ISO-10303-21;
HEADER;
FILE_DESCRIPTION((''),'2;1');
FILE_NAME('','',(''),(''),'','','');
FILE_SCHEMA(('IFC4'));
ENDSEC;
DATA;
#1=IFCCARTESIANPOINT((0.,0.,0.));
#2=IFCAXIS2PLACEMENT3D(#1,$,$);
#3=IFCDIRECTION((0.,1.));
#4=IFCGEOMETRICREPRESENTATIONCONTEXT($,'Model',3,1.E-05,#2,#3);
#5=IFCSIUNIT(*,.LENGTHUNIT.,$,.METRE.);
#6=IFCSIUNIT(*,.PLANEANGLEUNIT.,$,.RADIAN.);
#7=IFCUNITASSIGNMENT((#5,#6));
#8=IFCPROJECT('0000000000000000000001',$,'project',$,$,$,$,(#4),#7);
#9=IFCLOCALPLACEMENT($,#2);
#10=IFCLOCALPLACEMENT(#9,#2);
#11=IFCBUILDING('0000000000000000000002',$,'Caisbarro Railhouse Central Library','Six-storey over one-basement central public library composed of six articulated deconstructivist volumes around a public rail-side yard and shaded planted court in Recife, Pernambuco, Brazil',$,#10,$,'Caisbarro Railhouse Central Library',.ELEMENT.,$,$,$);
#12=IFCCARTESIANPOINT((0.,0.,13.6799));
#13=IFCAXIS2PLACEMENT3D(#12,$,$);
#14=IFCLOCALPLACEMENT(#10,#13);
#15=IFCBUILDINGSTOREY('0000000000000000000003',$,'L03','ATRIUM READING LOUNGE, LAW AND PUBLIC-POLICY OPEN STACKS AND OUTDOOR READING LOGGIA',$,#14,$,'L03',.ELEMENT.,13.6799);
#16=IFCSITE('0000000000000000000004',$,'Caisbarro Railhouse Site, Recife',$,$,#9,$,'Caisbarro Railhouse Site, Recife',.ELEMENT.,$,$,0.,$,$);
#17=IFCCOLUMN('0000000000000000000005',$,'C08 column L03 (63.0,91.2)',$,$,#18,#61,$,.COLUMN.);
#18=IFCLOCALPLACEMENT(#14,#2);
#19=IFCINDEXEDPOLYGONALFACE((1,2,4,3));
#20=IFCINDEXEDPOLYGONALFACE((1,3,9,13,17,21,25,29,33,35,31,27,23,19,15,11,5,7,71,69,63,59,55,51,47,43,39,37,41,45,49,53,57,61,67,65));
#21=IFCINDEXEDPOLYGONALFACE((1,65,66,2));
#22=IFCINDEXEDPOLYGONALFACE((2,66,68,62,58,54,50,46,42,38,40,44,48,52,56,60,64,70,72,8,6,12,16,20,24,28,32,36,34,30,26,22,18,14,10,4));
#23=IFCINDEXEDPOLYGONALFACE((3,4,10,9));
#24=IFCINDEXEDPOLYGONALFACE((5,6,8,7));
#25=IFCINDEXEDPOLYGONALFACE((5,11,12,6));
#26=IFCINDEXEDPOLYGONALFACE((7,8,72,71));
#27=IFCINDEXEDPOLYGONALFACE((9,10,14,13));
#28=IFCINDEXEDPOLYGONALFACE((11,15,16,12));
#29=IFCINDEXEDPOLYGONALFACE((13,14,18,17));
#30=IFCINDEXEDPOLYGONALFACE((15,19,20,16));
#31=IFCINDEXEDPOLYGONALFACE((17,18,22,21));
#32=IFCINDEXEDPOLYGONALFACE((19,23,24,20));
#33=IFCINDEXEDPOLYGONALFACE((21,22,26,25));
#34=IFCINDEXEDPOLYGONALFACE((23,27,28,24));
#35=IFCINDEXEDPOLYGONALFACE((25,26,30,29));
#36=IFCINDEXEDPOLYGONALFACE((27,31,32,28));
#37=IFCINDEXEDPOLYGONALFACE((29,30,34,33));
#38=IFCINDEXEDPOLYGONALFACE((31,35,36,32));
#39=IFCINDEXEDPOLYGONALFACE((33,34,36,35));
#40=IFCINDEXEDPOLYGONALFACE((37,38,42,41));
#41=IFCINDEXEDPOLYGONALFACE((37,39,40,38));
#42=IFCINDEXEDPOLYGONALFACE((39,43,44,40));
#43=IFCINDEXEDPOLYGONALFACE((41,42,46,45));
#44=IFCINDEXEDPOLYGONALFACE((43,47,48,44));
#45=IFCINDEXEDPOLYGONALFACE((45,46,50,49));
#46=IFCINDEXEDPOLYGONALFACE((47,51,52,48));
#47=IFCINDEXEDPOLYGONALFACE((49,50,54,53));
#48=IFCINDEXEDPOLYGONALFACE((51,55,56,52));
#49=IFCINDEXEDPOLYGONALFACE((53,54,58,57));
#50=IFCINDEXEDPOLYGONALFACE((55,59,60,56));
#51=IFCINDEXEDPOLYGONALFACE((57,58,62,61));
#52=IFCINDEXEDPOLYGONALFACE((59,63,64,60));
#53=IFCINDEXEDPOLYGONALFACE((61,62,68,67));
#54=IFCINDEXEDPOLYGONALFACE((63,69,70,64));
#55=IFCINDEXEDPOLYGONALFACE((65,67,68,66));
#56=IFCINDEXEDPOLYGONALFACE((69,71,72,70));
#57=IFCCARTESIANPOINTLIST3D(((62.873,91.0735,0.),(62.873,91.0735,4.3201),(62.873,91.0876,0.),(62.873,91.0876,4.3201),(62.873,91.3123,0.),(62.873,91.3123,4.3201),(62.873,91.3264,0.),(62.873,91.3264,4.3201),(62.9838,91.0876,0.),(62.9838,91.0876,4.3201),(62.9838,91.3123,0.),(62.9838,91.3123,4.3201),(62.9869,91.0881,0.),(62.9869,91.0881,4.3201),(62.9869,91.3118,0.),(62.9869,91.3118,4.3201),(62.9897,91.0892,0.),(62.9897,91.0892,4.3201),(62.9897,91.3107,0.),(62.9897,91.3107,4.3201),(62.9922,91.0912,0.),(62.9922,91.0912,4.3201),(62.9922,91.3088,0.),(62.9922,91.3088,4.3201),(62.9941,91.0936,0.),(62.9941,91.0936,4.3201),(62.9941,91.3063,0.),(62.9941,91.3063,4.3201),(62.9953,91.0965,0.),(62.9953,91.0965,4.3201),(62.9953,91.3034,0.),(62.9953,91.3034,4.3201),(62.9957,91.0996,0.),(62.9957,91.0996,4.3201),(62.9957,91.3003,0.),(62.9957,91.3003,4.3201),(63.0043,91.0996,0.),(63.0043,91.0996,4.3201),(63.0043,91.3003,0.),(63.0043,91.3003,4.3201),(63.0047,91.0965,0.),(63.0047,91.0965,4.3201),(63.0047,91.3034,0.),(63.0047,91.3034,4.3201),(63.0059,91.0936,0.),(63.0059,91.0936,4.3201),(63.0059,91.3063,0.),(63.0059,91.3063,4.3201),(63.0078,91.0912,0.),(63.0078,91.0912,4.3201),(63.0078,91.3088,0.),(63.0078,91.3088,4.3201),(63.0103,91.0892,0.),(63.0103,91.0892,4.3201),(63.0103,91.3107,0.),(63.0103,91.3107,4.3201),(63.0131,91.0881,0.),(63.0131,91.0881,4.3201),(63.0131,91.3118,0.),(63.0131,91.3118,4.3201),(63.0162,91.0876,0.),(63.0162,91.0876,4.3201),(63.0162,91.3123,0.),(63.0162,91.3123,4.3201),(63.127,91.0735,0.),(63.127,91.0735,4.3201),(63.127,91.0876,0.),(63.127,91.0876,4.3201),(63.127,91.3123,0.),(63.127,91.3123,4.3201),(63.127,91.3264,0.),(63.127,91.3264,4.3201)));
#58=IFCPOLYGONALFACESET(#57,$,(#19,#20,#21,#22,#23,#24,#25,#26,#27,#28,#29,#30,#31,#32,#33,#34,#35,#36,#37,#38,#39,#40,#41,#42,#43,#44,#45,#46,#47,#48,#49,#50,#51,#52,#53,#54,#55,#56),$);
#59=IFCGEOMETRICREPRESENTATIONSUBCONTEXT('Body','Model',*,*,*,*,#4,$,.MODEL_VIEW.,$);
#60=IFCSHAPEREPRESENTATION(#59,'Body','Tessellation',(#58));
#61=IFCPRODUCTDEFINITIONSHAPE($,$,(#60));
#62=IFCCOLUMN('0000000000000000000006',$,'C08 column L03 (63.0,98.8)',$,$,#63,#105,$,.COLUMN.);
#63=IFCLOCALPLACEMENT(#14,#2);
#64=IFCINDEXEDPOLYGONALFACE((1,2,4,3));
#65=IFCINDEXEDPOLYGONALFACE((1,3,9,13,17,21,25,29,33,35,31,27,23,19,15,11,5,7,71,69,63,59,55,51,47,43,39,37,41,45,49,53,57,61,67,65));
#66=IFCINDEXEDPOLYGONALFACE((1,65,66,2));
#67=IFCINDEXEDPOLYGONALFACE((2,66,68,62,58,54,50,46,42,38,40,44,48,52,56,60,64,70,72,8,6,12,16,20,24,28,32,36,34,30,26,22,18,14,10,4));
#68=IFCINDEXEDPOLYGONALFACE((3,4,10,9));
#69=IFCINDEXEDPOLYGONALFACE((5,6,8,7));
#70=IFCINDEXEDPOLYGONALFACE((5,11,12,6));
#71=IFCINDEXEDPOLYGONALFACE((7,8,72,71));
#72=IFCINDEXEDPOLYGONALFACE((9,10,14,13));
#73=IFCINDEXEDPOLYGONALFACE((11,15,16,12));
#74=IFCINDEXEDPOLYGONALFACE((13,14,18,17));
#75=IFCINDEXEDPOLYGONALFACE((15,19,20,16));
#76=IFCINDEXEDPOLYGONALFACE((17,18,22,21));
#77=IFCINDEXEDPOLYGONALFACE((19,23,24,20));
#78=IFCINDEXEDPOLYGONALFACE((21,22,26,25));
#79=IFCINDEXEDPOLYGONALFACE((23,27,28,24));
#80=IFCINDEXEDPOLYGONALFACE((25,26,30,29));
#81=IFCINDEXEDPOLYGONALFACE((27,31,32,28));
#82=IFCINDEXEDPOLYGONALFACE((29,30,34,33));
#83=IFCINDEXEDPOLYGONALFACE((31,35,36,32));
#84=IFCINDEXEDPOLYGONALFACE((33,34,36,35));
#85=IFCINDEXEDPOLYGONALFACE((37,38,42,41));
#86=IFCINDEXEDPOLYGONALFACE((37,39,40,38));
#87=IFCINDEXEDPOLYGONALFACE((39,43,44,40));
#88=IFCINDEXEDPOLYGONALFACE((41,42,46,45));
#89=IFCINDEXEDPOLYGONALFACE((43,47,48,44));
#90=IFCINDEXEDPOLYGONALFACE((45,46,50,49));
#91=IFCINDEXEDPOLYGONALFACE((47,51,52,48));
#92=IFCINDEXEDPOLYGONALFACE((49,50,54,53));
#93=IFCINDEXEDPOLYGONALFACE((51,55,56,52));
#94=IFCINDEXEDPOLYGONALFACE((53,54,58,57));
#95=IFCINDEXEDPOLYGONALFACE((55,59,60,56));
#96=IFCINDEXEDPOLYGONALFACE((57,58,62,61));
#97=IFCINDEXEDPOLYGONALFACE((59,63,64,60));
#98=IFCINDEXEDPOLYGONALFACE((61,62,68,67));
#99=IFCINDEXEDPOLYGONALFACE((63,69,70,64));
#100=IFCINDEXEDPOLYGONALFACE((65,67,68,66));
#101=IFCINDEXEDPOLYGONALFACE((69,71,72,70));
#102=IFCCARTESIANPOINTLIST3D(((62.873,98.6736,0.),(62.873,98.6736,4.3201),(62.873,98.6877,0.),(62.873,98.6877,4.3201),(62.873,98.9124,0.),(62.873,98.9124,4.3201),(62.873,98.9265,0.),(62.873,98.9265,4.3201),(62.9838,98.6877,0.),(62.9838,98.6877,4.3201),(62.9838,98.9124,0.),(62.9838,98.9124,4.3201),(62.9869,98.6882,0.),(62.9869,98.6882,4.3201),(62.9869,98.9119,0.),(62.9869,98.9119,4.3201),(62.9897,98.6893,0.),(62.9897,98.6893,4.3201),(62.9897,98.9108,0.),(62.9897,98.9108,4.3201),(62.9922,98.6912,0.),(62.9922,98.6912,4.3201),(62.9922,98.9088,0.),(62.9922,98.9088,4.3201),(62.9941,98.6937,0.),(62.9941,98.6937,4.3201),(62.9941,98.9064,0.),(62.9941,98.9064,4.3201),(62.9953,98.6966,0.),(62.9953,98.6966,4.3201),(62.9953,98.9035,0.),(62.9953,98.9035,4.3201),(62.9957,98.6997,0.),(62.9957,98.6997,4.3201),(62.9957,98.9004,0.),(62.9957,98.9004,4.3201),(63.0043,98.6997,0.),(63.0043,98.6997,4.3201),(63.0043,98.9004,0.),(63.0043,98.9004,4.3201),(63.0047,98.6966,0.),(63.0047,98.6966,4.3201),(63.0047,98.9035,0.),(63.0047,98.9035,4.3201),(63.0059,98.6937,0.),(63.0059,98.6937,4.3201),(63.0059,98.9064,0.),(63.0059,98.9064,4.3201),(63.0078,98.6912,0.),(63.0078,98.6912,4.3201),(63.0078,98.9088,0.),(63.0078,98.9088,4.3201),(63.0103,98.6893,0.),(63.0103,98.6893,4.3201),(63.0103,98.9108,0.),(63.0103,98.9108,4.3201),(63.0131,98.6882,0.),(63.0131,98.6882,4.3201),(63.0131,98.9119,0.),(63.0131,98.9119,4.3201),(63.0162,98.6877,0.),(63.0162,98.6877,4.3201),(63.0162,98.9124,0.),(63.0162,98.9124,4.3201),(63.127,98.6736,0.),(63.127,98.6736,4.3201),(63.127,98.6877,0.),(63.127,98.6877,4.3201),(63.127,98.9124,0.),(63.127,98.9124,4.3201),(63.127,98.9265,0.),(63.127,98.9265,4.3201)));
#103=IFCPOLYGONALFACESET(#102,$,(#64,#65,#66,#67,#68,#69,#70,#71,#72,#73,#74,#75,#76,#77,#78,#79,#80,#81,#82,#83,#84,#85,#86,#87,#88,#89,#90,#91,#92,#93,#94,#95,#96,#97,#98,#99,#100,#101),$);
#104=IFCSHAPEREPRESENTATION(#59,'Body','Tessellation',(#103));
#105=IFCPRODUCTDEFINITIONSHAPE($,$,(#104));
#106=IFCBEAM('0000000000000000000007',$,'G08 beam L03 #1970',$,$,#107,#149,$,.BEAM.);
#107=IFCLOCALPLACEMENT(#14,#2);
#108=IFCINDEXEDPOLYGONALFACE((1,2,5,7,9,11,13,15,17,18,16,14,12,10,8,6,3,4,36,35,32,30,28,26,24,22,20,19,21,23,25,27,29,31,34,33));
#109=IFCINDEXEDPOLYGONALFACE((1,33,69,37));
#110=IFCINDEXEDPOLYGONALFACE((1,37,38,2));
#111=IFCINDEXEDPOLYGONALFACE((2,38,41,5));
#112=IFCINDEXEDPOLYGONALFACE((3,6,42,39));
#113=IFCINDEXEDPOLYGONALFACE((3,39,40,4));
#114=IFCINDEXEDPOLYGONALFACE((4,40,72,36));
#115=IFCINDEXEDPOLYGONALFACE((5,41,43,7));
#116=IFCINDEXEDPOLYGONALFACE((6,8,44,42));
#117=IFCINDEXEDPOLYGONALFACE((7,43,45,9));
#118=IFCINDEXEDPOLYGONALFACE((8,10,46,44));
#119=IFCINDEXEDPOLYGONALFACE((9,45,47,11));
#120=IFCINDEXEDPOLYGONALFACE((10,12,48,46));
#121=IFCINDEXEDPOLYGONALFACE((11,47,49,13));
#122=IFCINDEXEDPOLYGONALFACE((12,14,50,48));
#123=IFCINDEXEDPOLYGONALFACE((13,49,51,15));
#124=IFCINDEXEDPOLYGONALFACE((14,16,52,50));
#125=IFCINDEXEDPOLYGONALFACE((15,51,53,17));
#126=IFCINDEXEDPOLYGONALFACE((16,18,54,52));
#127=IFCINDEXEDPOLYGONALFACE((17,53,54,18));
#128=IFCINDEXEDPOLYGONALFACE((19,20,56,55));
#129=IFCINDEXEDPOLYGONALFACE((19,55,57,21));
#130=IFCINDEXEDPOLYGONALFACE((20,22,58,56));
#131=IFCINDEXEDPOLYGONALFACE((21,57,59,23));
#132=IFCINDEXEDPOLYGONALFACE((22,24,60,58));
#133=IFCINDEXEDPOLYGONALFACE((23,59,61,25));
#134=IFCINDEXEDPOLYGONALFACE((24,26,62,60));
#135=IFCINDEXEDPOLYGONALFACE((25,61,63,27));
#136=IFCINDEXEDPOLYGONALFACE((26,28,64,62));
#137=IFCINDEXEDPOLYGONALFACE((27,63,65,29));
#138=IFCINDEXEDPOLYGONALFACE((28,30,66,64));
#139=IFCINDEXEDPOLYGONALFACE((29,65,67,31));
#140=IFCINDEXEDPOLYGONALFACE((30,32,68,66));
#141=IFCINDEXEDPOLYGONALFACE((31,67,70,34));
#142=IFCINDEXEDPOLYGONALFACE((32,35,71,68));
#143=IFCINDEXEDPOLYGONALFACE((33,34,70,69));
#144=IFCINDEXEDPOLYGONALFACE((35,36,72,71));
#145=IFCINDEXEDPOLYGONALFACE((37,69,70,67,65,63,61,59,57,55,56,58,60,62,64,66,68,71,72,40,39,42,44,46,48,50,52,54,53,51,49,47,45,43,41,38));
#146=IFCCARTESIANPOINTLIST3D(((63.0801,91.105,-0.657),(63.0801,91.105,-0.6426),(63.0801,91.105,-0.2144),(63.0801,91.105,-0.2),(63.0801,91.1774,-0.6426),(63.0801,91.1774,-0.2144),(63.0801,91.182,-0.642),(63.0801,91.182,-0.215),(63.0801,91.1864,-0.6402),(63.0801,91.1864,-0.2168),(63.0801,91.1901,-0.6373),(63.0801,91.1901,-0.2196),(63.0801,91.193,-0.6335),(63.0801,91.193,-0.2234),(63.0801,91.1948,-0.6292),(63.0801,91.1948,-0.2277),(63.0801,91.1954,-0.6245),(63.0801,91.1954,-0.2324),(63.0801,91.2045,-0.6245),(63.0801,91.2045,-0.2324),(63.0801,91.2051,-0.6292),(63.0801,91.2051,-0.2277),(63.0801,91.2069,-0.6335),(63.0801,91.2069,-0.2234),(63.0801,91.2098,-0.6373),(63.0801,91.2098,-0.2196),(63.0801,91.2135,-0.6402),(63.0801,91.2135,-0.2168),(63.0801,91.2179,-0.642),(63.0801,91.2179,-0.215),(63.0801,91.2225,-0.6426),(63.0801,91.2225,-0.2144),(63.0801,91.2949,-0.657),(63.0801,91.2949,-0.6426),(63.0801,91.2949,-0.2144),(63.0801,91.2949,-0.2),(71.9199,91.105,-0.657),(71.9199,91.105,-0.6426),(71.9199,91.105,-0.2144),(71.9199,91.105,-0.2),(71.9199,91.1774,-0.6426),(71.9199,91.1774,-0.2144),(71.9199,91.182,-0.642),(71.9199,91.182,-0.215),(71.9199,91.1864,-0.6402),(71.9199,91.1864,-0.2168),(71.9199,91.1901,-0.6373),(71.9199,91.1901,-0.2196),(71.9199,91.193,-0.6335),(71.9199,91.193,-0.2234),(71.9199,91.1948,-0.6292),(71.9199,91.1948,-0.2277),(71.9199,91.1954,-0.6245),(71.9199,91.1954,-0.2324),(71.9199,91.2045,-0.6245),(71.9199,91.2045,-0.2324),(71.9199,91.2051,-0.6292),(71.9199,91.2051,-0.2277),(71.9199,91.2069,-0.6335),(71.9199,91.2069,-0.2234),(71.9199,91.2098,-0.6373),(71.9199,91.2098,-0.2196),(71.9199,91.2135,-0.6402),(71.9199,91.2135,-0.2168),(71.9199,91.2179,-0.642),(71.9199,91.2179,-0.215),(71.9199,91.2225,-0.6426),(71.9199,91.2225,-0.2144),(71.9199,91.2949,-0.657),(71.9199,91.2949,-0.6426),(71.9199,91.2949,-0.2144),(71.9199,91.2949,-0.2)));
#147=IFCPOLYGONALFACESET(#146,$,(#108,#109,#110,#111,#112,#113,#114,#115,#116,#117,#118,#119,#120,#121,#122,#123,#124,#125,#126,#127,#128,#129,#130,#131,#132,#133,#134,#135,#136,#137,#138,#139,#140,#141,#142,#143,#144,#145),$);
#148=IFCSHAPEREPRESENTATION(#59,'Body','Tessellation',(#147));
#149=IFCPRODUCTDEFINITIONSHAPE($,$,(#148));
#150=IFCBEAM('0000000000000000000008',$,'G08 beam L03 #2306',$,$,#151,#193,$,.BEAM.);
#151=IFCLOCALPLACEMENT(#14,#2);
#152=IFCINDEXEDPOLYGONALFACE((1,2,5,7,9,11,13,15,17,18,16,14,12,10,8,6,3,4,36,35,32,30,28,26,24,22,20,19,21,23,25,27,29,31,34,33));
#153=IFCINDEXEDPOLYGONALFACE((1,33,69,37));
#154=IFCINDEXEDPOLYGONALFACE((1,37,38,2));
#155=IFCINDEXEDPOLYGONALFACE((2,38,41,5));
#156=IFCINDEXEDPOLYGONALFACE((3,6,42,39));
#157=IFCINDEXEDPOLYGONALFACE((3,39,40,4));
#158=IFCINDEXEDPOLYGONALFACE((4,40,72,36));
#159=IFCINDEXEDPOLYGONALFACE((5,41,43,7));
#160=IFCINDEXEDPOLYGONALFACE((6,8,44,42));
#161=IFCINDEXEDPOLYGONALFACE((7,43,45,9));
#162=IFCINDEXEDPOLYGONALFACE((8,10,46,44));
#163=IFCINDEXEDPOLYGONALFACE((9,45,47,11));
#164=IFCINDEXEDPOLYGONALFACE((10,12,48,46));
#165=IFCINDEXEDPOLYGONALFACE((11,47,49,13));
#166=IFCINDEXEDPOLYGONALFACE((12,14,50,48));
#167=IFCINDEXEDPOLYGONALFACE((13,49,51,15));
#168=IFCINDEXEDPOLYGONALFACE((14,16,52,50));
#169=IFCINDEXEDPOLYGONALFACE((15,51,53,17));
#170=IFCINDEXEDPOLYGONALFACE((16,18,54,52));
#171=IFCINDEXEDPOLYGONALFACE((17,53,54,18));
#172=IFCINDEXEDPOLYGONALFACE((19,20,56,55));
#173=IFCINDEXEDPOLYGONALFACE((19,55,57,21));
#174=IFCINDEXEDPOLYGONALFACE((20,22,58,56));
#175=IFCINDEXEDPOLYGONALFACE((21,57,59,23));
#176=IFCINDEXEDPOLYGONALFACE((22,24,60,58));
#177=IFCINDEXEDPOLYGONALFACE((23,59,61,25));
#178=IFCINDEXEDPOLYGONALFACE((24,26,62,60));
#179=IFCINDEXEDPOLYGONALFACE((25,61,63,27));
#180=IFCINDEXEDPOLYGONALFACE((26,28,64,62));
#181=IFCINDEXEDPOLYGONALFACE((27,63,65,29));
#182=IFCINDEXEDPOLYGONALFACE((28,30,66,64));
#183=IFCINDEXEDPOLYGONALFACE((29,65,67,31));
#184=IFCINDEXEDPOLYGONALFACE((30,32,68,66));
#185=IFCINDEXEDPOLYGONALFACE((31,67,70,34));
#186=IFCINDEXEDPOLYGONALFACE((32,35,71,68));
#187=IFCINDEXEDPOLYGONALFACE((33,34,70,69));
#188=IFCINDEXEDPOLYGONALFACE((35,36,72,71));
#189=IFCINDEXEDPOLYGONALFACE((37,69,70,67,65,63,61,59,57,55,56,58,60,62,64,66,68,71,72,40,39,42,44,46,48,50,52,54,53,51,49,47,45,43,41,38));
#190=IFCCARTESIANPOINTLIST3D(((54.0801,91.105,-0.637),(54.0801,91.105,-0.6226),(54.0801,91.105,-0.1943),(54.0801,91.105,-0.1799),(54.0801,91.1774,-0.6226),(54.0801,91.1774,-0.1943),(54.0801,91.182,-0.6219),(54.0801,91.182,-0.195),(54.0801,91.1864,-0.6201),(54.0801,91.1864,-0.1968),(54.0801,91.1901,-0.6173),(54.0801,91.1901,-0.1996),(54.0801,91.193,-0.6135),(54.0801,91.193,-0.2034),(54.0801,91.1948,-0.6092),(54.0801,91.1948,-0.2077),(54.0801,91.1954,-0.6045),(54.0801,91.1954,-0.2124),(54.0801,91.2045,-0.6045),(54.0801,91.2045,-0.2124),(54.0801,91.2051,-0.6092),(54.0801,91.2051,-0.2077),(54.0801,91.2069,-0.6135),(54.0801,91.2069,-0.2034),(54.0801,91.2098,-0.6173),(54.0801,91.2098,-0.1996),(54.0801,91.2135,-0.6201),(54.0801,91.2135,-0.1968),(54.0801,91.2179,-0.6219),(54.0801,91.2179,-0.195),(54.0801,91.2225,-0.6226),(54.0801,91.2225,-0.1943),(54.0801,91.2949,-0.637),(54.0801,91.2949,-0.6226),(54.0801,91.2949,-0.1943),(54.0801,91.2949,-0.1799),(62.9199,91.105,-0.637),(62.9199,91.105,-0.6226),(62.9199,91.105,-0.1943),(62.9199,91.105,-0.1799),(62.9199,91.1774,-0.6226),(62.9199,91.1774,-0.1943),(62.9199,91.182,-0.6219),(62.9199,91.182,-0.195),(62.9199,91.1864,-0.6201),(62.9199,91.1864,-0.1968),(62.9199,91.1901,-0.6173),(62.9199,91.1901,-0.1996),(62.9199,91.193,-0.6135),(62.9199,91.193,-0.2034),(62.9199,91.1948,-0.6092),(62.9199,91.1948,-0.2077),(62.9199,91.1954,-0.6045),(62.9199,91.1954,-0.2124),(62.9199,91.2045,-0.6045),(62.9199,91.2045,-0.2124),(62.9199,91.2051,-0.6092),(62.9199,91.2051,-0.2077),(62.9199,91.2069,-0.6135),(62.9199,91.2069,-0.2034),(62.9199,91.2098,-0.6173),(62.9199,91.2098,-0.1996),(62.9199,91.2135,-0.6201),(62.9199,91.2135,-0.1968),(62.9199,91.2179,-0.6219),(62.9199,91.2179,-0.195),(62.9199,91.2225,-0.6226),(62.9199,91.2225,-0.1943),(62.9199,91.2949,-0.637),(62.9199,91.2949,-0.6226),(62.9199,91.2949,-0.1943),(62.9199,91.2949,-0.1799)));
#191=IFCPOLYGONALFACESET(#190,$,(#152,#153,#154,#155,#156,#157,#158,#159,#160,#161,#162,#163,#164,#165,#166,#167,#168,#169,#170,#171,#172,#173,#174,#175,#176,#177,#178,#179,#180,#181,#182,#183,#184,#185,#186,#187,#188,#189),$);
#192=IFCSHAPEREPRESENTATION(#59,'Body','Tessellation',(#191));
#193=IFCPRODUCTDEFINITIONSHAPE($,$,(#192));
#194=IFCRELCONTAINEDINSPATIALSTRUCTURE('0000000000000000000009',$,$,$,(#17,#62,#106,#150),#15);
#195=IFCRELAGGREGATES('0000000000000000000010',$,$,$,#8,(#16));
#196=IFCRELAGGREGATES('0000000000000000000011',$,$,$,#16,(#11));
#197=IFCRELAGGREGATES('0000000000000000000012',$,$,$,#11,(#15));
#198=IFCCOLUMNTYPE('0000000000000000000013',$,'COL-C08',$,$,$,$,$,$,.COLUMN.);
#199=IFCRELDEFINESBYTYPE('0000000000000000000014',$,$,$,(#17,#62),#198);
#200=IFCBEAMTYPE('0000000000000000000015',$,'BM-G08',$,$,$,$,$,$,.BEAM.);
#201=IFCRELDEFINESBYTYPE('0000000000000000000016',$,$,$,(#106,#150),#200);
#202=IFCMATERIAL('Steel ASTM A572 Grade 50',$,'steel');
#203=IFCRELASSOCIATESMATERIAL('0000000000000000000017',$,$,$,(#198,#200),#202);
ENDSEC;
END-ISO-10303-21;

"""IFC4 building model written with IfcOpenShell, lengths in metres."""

from ifc_helpers import new_model, si_unit, direction, frame, origin, origin_2d, place, context, subcontext, project, spatial, i_section, extrude, material, material_profile, profile_set, type_object, element, save


model = new_model("IFC4")

# Units and contexts
model_context = context("Model", 3, precision=1e-05, world=origin(), true_north=direction((0.0, 1.0)))
body_context = subcontext(model_context, "Body", "Model", "MODEL_VIEW")
ifc_project = project(units=[si_unit("LENGTHUNIT", "METRE"), si_unit("PLANEANGLEUNIT", "RADIAN")], contexts=[model_context])

# Site, building, storey
site_placement = place(None, origin())
site = spatial("IfcSite", under=ifc_project, at=site_placement, Name="Caisbarro Railhouse Site, Recife", LongName="Caisbarro Railhouse Site, Recife", CompositionType="ELEMENT", RefElevation=0.0)
building_placement = place(site_placement, origin())
building = spatial("IfcBuilding", under=site, at=building_placement, Name="Caisbarro Railhouse Central Library", Description="Six-storey over one-basement central public library composed of six articulated deconstructivist volumes around a public rail-side yard and shaded planted court in Recife, Pernambuco, Brazil", LongName="Caisbarro Railhouse Central Library", CompositionType="ELEMENT")
storey_placement = place(building_placement, frame((0.0, 0.0, 13.6799)))
storey = spatial("IfcBuildingStorey", under=building, at=storey_placement, Name="L03", Description="ATRIUM READING LOUNGE, LAW AND PUBLIC-POLICY OPEN STACKS AND OUTDOOR READING LOGGIA", LongName="L03", CompositionType="ELEMENT", Elevation=13.6799)

# Columns
ifc_material_1 = material(Name="Steel ASTM A572 Grade 50", Category="steel")
ifc_material_profile_1 = material_profile(ifc_material_1, i_section(OverallWidth=0.2539, OverallDepth=0.2529, WebThickness=0.0085, FlangeThickness=0.0142, FilletRadius=0.012, at=origin_2d()), Name="W250X73.0")
ifc_profile_set_1 = profile_set([ifc_material_profile_1], Name="Steel ASTM A572 Grade 50")
column_type = type_object("IfcColumnType", Name="COL-C08", PredefinedType="COLUMN", material=ifc_profile_set_1)
for number, where, z_axis, x_axis, name in (
    (1, (63.0, 91.2, 0.0), (0.0, 0.0, 1.0), (1.0, 0.0, 0.0), "C08 column L03 (63.0,91.2)"),
    (2, (63.0, 98.8, 0.0), (0.0, 0.0, 1.0), (1.0, 0.0, 0.0), "C08 column L03 (63.0,98.8)"),
):
    element("IfcColumn", number, at=place(storey_placement, frame(where, z_axis=z_axis, x_axis=x_axis)), inside=storey, type_object=column_type, Name=name, PredefinedType="COLUMN", context=body_context, shape_type="SweptSolid", body=[
        extrude(i_section(OverallWidth=0.2539, OverallDepth=0.2529, WebThickness=0.0085, FlangeThickness=0.0142, FilletRadius=0.012, at=origin_2d()), origin(), (0.0, 0.0, 1.0), 4.3201),
    ])

# Beams
ifc_material_profile_2 = material_profile(ifc_material_1, i_section(OverallWidth=0.1899, OverallDepth=0.457, WebThickness=0.009, FlangeThickness=0.0144, FilletRadius=0.0181, at=origin_2d()), Name="W460X74.0")
ifc_profile_set_2 = profile_set([ifc_material_profile_2], Name="Steel ASTM A572 Grade 50")
beam_type_1 = type_object("IfcBeamType", Name="BM-G08", PredefinedType="BEAM", material=ifc_profile_set_2)
for number, where, z_axis, x_axis, name in (
    (3, (63.0801, 91.2, -0.4285), (1.0, 0.0, 0.0), (0.0, 1.0, 0.0), "G08 beam L03 #1970"),
    (4, (54.0801, 91.2, -0.4084), (1.0, 0.0, 0.0), (0.0, 1.0, 0.0), "G08 beam L03 #2306"),
):
    element("IfcBeam", number, at=place(storey_placement, frame(where, z_axis=z_axis, x_axis=x_axis)), inside=storey, type_object=beam_type_1, Name=name, PredefinedType="BEAM", context=body_context, shape_type="SweptSolid", body=[
        extrude(i_section(OverallWidth=0.1899, OverallDepth=0.457, WebThickness=0.009, FlangeThickness=0.0144, FilletRadius=0.0181, at=origin_2d()), origin(), (0.0, 0.0, 1.0), 8.8398),
    ])

save(model, "model.ifc")
